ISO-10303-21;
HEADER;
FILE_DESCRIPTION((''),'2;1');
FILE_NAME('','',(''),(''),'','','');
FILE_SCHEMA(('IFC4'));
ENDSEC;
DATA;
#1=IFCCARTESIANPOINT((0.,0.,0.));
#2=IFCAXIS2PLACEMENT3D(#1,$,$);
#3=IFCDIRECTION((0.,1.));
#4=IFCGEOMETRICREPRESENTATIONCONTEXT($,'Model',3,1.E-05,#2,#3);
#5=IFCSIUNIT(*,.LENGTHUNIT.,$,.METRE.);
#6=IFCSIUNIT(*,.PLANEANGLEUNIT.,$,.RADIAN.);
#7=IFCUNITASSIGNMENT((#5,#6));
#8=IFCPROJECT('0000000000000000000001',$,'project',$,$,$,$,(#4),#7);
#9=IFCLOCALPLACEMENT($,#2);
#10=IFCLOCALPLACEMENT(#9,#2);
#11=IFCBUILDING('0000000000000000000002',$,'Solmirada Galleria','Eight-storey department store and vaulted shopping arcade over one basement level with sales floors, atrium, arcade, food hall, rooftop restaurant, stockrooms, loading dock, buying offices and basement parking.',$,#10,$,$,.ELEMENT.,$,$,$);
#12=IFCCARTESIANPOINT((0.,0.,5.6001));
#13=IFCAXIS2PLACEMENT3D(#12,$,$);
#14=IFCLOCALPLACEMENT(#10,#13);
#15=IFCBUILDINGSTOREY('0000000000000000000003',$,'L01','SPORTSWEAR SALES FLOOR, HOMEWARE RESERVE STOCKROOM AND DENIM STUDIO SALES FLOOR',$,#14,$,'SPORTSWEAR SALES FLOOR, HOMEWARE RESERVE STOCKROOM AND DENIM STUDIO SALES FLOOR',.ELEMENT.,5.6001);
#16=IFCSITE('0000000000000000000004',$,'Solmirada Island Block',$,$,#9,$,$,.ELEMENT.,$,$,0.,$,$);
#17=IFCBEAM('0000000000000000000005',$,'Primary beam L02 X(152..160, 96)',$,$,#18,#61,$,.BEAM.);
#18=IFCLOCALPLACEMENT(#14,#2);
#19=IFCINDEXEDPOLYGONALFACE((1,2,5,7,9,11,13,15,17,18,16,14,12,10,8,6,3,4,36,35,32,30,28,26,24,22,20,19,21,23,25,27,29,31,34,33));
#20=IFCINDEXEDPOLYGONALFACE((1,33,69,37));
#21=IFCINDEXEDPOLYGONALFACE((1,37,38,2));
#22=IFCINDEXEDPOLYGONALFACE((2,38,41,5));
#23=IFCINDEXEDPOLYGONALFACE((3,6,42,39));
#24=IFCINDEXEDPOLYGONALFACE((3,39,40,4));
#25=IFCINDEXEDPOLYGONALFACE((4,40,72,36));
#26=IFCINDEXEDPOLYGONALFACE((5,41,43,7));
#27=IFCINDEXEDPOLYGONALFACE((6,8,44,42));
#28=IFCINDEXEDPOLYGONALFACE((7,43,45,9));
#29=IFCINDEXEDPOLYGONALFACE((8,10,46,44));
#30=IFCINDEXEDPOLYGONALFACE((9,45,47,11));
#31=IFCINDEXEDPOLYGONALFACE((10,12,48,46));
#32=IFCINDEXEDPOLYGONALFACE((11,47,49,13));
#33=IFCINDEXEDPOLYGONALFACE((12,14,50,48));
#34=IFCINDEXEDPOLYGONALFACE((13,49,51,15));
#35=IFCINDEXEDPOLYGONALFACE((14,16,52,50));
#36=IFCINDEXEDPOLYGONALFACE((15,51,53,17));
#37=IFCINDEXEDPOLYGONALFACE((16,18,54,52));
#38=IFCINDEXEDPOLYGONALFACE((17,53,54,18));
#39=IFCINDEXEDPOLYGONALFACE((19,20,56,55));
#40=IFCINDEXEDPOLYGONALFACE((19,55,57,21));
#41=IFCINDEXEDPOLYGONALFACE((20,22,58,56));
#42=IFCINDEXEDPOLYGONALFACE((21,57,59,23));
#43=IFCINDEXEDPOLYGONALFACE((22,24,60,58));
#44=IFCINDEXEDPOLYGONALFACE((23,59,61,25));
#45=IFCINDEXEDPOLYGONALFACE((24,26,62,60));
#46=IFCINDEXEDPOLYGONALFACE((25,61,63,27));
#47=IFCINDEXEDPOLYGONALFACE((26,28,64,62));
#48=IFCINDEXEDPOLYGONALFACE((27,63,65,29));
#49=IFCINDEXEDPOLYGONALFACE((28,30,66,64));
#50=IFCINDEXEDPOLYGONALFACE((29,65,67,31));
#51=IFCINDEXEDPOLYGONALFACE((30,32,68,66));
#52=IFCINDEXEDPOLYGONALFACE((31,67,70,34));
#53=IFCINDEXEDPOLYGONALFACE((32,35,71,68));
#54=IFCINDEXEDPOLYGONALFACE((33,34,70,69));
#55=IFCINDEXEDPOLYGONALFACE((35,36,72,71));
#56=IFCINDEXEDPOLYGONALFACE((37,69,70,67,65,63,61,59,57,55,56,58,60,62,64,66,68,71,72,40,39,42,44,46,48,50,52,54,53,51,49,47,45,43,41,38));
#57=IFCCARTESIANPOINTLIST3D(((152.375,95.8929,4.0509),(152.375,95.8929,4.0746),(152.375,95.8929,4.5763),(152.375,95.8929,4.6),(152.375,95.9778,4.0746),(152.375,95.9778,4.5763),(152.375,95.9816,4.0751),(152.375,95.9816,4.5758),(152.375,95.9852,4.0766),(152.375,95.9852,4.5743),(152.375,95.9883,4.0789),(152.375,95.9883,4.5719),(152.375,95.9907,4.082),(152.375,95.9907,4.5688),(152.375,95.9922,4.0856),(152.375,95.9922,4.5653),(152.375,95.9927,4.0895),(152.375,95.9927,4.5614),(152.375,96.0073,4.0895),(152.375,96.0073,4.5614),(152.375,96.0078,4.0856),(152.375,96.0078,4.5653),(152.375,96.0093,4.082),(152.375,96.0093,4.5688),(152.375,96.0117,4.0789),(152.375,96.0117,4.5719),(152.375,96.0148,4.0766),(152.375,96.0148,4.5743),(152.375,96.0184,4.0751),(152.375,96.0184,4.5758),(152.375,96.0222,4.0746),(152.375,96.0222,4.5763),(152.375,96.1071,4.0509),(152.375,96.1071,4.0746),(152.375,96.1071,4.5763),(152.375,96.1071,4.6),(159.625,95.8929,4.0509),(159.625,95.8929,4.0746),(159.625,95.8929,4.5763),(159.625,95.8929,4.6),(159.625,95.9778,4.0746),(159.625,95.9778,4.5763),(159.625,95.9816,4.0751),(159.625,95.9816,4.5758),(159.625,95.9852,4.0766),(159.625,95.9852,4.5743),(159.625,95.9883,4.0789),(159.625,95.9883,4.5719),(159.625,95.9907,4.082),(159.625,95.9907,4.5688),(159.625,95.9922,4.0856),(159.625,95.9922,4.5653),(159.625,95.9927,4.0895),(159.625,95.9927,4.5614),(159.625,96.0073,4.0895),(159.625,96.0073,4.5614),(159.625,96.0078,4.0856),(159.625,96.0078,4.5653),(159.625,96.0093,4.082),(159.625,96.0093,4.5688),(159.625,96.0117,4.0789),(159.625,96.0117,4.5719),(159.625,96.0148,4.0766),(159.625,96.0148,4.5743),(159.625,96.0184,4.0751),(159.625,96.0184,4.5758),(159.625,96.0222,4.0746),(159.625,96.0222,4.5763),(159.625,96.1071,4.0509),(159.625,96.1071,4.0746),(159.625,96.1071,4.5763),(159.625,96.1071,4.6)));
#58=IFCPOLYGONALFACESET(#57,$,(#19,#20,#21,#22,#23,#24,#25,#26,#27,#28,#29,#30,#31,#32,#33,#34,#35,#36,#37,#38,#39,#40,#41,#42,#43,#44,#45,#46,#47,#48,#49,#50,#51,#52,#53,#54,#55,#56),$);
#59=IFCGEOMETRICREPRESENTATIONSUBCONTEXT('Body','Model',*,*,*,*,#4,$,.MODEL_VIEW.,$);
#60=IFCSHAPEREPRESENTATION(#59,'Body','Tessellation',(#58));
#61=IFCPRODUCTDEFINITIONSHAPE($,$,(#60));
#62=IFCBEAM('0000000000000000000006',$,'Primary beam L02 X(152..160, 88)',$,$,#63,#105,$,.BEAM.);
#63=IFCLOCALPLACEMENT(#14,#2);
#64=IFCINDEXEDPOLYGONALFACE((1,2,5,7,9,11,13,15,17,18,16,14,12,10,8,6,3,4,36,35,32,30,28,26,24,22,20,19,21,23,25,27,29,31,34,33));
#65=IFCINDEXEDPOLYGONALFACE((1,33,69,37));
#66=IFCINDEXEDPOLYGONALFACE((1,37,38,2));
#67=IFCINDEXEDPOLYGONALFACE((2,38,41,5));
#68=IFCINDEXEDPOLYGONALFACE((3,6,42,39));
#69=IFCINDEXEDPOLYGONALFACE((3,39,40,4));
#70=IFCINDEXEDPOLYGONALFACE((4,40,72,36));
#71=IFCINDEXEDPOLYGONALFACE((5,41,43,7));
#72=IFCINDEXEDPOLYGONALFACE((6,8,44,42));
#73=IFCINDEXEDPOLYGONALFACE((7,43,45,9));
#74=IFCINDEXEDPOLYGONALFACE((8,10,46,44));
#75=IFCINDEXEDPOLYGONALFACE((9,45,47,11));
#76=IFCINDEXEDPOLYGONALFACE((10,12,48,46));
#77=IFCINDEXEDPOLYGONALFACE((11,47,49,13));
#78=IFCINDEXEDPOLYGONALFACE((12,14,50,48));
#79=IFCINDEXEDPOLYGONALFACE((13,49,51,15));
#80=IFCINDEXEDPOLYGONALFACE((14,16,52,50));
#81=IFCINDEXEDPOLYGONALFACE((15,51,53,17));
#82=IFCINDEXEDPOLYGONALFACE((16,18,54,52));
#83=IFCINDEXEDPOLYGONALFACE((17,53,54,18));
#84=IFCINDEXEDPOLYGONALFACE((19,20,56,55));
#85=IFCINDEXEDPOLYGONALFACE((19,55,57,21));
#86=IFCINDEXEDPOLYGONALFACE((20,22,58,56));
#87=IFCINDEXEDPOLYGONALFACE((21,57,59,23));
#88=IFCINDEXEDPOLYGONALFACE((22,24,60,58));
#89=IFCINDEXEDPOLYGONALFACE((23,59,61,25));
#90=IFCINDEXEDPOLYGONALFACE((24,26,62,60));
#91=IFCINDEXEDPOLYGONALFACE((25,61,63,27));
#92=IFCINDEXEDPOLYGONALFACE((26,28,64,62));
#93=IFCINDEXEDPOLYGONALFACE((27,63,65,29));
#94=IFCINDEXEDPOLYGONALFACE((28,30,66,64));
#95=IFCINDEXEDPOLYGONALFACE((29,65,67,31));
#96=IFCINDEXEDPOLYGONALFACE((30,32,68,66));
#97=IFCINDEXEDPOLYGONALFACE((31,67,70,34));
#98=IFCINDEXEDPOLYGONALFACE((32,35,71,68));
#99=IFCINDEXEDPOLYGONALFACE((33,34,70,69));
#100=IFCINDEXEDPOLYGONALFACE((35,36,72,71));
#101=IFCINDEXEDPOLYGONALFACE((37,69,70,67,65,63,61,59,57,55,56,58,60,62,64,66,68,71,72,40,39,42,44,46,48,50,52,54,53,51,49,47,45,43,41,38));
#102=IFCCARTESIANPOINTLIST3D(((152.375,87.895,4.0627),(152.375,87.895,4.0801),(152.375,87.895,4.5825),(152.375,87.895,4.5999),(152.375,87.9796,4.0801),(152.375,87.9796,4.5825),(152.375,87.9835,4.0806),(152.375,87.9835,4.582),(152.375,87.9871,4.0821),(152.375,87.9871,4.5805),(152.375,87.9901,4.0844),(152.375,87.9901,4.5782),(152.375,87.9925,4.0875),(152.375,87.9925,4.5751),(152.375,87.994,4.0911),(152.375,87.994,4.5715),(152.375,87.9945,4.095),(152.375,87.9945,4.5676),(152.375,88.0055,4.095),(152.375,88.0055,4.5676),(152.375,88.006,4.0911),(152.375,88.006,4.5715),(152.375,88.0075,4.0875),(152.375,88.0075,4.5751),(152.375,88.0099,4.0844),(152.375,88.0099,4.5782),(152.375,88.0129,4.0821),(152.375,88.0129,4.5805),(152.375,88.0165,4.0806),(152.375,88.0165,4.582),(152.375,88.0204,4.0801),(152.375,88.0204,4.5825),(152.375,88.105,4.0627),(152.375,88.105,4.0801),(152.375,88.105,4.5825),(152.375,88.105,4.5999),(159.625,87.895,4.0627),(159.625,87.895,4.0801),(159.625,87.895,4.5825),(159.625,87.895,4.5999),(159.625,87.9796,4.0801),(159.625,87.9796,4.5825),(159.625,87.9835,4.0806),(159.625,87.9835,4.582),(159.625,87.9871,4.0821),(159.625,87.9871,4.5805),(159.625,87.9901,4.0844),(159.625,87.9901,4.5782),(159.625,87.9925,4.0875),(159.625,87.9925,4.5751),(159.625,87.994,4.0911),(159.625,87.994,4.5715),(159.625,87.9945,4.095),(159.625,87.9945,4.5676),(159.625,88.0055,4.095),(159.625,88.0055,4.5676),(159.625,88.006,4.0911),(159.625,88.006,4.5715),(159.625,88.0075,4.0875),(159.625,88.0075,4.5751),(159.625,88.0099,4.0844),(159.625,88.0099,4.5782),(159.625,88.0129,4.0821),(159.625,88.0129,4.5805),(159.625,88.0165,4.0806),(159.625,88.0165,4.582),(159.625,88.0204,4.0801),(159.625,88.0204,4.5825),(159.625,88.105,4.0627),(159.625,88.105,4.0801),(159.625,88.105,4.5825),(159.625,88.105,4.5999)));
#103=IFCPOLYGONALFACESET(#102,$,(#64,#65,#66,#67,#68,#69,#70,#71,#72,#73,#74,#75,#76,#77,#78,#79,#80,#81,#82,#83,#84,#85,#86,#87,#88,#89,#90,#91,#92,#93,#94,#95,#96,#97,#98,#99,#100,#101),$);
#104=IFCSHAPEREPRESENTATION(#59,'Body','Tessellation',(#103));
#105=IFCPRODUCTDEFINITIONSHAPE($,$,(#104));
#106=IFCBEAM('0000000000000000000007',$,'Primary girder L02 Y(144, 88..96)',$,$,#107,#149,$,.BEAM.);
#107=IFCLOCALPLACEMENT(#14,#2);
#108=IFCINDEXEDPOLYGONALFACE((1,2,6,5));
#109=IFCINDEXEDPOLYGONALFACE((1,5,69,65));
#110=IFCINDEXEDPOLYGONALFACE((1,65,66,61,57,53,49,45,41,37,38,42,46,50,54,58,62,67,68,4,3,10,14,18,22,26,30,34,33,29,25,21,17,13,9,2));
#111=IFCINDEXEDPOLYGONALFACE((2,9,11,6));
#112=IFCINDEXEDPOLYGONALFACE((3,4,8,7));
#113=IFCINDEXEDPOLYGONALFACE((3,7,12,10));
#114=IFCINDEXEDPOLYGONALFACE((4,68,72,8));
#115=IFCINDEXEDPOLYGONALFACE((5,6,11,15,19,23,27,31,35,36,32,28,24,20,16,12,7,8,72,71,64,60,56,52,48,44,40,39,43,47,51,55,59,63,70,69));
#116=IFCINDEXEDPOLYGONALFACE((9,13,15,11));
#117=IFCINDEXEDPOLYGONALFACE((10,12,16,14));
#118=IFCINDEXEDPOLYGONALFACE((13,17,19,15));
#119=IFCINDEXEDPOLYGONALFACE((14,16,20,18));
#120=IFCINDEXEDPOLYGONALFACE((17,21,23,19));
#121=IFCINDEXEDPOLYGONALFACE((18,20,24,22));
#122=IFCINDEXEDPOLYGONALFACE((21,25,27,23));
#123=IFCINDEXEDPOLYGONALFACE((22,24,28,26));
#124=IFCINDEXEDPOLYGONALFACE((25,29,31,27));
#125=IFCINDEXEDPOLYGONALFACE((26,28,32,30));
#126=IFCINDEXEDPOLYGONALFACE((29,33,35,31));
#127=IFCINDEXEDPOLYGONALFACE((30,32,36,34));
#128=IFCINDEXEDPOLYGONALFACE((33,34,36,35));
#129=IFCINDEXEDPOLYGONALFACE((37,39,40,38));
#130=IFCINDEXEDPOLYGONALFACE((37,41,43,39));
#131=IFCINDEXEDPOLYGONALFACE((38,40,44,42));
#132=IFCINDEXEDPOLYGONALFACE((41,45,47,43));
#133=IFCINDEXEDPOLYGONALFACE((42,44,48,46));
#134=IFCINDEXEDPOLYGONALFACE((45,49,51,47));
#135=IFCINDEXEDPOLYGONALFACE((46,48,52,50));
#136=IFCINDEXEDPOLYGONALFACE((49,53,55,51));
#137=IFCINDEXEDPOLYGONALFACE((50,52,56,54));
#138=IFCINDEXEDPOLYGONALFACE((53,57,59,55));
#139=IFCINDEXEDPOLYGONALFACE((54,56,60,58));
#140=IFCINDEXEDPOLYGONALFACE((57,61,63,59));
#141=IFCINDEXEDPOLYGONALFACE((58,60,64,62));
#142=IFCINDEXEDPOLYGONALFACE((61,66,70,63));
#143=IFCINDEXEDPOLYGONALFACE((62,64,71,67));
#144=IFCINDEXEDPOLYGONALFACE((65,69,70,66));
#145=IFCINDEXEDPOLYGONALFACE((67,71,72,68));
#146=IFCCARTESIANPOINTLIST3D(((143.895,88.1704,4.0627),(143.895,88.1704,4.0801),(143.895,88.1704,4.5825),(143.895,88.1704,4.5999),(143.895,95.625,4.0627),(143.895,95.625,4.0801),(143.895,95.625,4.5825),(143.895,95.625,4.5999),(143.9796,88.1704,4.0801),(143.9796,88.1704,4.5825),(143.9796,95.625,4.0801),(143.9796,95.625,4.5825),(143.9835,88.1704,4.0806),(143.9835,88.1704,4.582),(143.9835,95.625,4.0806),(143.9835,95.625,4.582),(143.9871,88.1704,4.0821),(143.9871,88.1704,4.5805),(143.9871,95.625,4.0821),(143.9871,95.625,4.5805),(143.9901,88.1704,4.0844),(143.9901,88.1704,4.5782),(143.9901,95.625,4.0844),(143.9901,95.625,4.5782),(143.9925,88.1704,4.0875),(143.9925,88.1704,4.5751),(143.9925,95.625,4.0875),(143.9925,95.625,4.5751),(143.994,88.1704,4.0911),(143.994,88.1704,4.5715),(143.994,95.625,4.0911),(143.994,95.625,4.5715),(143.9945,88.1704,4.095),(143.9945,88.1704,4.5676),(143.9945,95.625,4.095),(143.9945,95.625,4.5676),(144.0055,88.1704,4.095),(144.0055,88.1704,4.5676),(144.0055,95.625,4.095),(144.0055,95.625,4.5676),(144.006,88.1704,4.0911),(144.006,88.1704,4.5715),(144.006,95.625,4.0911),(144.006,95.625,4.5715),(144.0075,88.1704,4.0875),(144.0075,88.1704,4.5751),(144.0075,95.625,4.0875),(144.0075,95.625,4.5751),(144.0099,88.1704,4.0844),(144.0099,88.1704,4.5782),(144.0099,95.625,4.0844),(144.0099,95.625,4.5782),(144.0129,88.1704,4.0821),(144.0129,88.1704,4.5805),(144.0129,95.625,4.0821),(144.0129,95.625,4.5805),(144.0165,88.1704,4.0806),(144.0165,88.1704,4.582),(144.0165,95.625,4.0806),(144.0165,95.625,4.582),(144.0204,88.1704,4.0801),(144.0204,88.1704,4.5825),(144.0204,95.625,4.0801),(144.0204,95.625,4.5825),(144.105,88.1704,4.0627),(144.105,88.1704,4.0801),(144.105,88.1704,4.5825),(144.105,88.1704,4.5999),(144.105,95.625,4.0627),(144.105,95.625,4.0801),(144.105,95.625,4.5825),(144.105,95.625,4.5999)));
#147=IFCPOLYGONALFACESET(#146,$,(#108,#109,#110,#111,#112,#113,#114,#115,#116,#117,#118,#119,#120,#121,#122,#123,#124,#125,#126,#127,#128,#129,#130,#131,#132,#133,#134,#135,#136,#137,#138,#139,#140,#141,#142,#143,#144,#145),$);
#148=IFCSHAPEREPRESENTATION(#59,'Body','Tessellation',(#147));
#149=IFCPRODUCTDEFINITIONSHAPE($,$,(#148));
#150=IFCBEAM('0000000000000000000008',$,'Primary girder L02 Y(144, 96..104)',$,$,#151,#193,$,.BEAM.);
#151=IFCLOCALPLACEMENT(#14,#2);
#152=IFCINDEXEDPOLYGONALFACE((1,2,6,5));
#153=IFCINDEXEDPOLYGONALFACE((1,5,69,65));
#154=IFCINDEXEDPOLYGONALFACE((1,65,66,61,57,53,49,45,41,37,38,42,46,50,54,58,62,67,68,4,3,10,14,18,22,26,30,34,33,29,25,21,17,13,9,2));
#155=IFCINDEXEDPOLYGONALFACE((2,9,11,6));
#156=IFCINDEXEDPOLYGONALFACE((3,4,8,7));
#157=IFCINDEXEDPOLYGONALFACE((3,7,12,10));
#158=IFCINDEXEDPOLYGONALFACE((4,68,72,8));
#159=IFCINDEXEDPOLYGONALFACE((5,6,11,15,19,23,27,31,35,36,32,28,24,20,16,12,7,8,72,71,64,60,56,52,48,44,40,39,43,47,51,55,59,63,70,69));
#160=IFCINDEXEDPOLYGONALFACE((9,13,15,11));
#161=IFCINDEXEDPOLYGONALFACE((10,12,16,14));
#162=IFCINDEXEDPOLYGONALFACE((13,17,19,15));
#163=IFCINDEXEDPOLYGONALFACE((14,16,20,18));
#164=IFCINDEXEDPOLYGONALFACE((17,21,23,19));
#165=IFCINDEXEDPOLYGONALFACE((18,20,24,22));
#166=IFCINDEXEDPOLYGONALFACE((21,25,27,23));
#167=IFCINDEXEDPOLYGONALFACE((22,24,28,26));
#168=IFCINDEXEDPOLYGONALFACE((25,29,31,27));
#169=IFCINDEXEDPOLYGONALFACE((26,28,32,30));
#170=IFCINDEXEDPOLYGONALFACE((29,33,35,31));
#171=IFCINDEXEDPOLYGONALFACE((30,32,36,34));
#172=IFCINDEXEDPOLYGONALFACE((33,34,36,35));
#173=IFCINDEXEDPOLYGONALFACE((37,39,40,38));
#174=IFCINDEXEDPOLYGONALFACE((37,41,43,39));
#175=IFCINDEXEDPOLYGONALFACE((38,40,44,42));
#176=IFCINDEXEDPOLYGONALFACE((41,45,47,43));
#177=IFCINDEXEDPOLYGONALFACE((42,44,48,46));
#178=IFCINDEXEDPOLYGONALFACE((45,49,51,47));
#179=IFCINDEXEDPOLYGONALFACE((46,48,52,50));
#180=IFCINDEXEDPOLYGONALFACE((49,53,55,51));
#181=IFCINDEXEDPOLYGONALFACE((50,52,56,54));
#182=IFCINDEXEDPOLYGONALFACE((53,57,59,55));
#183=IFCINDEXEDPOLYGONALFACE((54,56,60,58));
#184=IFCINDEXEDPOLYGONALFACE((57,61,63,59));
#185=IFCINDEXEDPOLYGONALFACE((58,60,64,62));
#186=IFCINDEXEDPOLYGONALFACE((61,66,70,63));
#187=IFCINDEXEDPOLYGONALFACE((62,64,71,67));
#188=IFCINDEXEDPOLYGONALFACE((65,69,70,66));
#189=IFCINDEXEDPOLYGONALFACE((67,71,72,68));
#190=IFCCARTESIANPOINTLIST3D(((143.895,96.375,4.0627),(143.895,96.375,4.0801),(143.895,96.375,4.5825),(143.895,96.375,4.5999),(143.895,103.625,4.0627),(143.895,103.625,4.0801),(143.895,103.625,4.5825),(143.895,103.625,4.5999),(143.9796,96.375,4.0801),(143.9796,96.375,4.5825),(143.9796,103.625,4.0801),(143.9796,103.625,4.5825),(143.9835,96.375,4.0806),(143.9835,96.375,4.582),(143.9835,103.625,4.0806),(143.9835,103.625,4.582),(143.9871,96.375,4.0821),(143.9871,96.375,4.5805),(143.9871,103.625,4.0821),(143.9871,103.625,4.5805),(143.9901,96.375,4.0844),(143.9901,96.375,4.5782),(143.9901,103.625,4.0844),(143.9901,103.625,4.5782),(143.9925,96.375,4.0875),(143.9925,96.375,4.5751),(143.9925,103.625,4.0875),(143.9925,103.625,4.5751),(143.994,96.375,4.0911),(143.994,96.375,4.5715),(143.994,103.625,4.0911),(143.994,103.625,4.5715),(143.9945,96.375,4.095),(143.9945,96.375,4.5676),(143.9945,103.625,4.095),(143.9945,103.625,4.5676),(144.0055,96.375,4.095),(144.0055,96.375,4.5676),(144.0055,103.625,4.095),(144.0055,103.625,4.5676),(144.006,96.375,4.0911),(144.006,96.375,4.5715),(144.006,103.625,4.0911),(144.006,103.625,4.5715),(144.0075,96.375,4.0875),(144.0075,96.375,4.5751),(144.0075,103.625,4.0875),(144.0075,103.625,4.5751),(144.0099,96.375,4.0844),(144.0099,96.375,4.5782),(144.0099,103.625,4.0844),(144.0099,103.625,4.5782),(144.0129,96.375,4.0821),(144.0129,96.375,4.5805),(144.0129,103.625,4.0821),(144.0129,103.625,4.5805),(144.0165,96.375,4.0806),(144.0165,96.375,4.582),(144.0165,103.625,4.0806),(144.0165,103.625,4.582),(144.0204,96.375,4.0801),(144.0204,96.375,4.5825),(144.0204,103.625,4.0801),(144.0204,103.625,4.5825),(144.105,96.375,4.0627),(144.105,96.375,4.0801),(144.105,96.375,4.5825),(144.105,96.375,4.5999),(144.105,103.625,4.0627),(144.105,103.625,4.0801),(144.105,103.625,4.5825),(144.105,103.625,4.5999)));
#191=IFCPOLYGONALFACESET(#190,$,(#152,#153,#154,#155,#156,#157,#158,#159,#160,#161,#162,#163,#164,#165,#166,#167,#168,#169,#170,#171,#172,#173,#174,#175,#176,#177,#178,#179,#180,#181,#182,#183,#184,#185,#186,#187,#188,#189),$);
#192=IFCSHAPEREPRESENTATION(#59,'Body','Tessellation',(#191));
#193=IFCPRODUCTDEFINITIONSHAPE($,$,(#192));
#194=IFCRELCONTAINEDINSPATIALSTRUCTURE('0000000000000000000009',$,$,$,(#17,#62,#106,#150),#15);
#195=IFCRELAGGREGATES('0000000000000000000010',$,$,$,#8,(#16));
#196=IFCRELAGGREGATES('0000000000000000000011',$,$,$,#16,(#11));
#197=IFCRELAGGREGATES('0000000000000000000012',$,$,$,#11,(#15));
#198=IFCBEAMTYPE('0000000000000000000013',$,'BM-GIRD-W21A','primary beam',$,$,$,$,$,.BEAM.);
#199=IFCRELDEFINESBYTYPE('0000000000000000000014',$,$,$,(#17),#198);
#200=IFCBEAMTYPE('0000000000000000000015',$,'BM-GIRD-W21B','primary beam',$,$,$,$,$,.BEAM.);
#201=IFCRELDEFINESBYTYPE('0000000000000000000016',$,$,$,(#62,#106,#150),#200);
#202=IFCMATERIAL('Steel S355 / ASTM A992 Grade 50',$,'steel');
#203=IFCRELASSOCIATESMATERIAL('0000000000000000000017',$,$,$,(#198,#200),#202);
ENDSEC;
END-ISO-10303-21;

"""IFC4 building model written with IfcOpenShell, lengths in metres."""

from ifc_helpers import new_model, si_unit, direction, frame, origin, origin_2d, place, context, subcontext, project, spatial, i_section, extrude, material, material_profile, profile_set, type_object, element, save


model = new_model("IFC4")

# Units and contexts
model_context = context("Model", 3, precision=1e-05, world=origin(), true_north=direction((0.0, 1.0)))
body_context = subcontext(model_context, "Body", "Model", "MODEL_VIEW")
ifc_project = project(units=[si_unit("LENGTHUNIT", "METRE"), si_unit("PLANEANGLEUNIT", "RADIAN")], contexts=[model_context])

# Site, building, storey
site_placement = place(None, origin())
site = spatial("IfcSite", under=ifc_project, at=site_placement, Name="Solmirada Island Block", CompositionType="ELEMENT", RefElevation=0.0)
building_placement = place(site_placement, origin())
building = spatial("IfcBuilding", under=site, at=building_placement, Name="Solmirada Galleria", Description="Eight-storey department store and vaulted shopping arcade over one basement level with sales floors, atrium, arcade, food hall, rooftop restaurant, stockrooms, loading dock, buying offices and basement parking.", CompositionType="ELEMENT")
storey_placement = place(building_placement, frame((0.0, 0.0, 5.6001)))
storey = spatial("IfcBuildingStorey", under=building, at=storey_placement, Name="L01", Description="SPORTSWEAR SALES FLOOR, HOMEWARE RESERVE STOCKROOM AND DENIM STUDIO SALES FLOOR", LongName="SPORTSWEAR SALES FLOOR, HOMEWARE RESERVE STOCKROOM AND DENIM STUDIO SALES FLOOR", CompositionType="ELEMENT", Elevation=5.6001)

# Beams
ifc_material_1 = material(Name="Steel S355 / ASTM A992 Grade 50", Category="steel")
ifc_material_profile_1 = material_profile(ifc_material_1, i_section(OverallWidth=0.2141, OverallDepth=0.5491, WebThickness=0.0146, FlangeThickness=0.0237, FilletRadius=0.0149, at=origin_2d()), Name="W21X93")
ifc_profile_set_1 = profile_set([ifc_material_profile_1], Name="Steel S355 / ASTM A992 Grade 50")
beam_type_1 = type_object("IfcBeamType", Name="BM-GIRD-W21A", Description="primary beam", PredefinedType="BEAM", material=ifc_profile_set_1)
for number, where, z_axis, x_axis, name in (
    (1, (152.375, 96.0, 4.3254), (1.0, 0.0, 0.0), (0.0, 1.0, 0.0), "Primary beam L02 X(152..160, 96)"),
):
    element("IfcBeam", number, at=place(storey_placement, frame(where, z_axis=z_axis, x_axis=x_axis)), inside=storey, type_object=beam_type_1, Name=name, PredefinedType="BEAM", context=body_context, shape_type="SweptSolid", body=[
        extrude(i_section(OverallWidth=0.2141, OverallDepth=0.5491, WebThickness=0.0146, FlangeThickness=0.0237, FilletRadius=0.0149, at=origin_2d()), origin(), (0.0, 0.0, 1.0), 7.25),
    ])
ifc_material_profile_2 = material_profile(ifc_material_1, i_section(OverallWidth=0.21, OverallDepth=0.5371, WebThickness=0.011, FlangeThickness=0.0173, FilletRadius=0.0149, at=origin_2d()), Name="W21X68")
ifc_profile_set_2 = profile_set([ifc_material_profile_2], Name="Steel S355 / ASTM A992 Grade 50")
beam_type_2 = type_object("IfcBeamType", Name="BM-GIRD-W21B", Description="primary beam", PredefinedType="BEAM", material=ifc_profile_set_2)
beam_1_placement = place(storey_placement, frame((152.375, 88.0, 4.3313), z_axis=(1.0, 0.0, 0.0), x_axis=(0.0, 1.0, 0.0)))
element("IfcBeam", 2, at=beam_1_placement, inside=storey, type_object=beam_type_2, Name="Primary beam L02 X(152..160, 88)", PredefinedType="BEAM", context=body_context, shape_type="SweptSolid", body=[
    extrude(i_section(OverallWidth=0.21, OverallDepth=0.5371, WebThickness=0.011, FlangeThickness=0.0173, FilletRadius=0.0149, at=origin_2d()), origin(), (0.0, 0.0, 1.0), 7.25),
])
beam_2_placement = place(storey_placement, frame((144.0, 88.1704, 4.3313), z_axis=(0.0, 1.0, 0.0), x_axis=(-1.0, 0.0, 0.0)))
element("IfcBeam", 3, at=beam_2_placement, inside=storey, type_object=beam_type_2, Name="Primary girder L02 Y(144, 88..96)", PredefinedType="BEAM", context=body_context, shape_type="SweptSolid", body=[
    extrude(i_section(OverallWidth=0.21, OverallDepth=0.5371, WebThickness=0.011, FlangeThickness=0.0173, FilletRadius=0.0149, at=origin_2d()), origin(), (0.0, 0.0, 1.0), 7.4546),
])
for number, where, z_axis, x_axis, name in (
    (4, (144.0, 96.375, 4.3313), (0.0, 1.0, 0.0), (-1.0, 0.0, 0.0), "Primary girder L02 Y(144, 96..104)"),
):
    element("IfcBeam", number, at=place(storey_placement, frame(where, z_axis=z_axis, x_axis=x_axis)), inside=storey, type_object=beam_type_2, Name=name, PredefinedType="BEAM", context=body_context, shape_type="SweptSolid", body=[
        extrude(i_section(OverallWidth=0.21, OverallDepth=0.5371, WebThickness=0.011, FlangeThickness=0.0173, FilletRadius=0.0149, at=origin_2d()), origin(), (0.0, 0.0, 1.0), 7.25),
    ])

save(model, "model.ifc")
